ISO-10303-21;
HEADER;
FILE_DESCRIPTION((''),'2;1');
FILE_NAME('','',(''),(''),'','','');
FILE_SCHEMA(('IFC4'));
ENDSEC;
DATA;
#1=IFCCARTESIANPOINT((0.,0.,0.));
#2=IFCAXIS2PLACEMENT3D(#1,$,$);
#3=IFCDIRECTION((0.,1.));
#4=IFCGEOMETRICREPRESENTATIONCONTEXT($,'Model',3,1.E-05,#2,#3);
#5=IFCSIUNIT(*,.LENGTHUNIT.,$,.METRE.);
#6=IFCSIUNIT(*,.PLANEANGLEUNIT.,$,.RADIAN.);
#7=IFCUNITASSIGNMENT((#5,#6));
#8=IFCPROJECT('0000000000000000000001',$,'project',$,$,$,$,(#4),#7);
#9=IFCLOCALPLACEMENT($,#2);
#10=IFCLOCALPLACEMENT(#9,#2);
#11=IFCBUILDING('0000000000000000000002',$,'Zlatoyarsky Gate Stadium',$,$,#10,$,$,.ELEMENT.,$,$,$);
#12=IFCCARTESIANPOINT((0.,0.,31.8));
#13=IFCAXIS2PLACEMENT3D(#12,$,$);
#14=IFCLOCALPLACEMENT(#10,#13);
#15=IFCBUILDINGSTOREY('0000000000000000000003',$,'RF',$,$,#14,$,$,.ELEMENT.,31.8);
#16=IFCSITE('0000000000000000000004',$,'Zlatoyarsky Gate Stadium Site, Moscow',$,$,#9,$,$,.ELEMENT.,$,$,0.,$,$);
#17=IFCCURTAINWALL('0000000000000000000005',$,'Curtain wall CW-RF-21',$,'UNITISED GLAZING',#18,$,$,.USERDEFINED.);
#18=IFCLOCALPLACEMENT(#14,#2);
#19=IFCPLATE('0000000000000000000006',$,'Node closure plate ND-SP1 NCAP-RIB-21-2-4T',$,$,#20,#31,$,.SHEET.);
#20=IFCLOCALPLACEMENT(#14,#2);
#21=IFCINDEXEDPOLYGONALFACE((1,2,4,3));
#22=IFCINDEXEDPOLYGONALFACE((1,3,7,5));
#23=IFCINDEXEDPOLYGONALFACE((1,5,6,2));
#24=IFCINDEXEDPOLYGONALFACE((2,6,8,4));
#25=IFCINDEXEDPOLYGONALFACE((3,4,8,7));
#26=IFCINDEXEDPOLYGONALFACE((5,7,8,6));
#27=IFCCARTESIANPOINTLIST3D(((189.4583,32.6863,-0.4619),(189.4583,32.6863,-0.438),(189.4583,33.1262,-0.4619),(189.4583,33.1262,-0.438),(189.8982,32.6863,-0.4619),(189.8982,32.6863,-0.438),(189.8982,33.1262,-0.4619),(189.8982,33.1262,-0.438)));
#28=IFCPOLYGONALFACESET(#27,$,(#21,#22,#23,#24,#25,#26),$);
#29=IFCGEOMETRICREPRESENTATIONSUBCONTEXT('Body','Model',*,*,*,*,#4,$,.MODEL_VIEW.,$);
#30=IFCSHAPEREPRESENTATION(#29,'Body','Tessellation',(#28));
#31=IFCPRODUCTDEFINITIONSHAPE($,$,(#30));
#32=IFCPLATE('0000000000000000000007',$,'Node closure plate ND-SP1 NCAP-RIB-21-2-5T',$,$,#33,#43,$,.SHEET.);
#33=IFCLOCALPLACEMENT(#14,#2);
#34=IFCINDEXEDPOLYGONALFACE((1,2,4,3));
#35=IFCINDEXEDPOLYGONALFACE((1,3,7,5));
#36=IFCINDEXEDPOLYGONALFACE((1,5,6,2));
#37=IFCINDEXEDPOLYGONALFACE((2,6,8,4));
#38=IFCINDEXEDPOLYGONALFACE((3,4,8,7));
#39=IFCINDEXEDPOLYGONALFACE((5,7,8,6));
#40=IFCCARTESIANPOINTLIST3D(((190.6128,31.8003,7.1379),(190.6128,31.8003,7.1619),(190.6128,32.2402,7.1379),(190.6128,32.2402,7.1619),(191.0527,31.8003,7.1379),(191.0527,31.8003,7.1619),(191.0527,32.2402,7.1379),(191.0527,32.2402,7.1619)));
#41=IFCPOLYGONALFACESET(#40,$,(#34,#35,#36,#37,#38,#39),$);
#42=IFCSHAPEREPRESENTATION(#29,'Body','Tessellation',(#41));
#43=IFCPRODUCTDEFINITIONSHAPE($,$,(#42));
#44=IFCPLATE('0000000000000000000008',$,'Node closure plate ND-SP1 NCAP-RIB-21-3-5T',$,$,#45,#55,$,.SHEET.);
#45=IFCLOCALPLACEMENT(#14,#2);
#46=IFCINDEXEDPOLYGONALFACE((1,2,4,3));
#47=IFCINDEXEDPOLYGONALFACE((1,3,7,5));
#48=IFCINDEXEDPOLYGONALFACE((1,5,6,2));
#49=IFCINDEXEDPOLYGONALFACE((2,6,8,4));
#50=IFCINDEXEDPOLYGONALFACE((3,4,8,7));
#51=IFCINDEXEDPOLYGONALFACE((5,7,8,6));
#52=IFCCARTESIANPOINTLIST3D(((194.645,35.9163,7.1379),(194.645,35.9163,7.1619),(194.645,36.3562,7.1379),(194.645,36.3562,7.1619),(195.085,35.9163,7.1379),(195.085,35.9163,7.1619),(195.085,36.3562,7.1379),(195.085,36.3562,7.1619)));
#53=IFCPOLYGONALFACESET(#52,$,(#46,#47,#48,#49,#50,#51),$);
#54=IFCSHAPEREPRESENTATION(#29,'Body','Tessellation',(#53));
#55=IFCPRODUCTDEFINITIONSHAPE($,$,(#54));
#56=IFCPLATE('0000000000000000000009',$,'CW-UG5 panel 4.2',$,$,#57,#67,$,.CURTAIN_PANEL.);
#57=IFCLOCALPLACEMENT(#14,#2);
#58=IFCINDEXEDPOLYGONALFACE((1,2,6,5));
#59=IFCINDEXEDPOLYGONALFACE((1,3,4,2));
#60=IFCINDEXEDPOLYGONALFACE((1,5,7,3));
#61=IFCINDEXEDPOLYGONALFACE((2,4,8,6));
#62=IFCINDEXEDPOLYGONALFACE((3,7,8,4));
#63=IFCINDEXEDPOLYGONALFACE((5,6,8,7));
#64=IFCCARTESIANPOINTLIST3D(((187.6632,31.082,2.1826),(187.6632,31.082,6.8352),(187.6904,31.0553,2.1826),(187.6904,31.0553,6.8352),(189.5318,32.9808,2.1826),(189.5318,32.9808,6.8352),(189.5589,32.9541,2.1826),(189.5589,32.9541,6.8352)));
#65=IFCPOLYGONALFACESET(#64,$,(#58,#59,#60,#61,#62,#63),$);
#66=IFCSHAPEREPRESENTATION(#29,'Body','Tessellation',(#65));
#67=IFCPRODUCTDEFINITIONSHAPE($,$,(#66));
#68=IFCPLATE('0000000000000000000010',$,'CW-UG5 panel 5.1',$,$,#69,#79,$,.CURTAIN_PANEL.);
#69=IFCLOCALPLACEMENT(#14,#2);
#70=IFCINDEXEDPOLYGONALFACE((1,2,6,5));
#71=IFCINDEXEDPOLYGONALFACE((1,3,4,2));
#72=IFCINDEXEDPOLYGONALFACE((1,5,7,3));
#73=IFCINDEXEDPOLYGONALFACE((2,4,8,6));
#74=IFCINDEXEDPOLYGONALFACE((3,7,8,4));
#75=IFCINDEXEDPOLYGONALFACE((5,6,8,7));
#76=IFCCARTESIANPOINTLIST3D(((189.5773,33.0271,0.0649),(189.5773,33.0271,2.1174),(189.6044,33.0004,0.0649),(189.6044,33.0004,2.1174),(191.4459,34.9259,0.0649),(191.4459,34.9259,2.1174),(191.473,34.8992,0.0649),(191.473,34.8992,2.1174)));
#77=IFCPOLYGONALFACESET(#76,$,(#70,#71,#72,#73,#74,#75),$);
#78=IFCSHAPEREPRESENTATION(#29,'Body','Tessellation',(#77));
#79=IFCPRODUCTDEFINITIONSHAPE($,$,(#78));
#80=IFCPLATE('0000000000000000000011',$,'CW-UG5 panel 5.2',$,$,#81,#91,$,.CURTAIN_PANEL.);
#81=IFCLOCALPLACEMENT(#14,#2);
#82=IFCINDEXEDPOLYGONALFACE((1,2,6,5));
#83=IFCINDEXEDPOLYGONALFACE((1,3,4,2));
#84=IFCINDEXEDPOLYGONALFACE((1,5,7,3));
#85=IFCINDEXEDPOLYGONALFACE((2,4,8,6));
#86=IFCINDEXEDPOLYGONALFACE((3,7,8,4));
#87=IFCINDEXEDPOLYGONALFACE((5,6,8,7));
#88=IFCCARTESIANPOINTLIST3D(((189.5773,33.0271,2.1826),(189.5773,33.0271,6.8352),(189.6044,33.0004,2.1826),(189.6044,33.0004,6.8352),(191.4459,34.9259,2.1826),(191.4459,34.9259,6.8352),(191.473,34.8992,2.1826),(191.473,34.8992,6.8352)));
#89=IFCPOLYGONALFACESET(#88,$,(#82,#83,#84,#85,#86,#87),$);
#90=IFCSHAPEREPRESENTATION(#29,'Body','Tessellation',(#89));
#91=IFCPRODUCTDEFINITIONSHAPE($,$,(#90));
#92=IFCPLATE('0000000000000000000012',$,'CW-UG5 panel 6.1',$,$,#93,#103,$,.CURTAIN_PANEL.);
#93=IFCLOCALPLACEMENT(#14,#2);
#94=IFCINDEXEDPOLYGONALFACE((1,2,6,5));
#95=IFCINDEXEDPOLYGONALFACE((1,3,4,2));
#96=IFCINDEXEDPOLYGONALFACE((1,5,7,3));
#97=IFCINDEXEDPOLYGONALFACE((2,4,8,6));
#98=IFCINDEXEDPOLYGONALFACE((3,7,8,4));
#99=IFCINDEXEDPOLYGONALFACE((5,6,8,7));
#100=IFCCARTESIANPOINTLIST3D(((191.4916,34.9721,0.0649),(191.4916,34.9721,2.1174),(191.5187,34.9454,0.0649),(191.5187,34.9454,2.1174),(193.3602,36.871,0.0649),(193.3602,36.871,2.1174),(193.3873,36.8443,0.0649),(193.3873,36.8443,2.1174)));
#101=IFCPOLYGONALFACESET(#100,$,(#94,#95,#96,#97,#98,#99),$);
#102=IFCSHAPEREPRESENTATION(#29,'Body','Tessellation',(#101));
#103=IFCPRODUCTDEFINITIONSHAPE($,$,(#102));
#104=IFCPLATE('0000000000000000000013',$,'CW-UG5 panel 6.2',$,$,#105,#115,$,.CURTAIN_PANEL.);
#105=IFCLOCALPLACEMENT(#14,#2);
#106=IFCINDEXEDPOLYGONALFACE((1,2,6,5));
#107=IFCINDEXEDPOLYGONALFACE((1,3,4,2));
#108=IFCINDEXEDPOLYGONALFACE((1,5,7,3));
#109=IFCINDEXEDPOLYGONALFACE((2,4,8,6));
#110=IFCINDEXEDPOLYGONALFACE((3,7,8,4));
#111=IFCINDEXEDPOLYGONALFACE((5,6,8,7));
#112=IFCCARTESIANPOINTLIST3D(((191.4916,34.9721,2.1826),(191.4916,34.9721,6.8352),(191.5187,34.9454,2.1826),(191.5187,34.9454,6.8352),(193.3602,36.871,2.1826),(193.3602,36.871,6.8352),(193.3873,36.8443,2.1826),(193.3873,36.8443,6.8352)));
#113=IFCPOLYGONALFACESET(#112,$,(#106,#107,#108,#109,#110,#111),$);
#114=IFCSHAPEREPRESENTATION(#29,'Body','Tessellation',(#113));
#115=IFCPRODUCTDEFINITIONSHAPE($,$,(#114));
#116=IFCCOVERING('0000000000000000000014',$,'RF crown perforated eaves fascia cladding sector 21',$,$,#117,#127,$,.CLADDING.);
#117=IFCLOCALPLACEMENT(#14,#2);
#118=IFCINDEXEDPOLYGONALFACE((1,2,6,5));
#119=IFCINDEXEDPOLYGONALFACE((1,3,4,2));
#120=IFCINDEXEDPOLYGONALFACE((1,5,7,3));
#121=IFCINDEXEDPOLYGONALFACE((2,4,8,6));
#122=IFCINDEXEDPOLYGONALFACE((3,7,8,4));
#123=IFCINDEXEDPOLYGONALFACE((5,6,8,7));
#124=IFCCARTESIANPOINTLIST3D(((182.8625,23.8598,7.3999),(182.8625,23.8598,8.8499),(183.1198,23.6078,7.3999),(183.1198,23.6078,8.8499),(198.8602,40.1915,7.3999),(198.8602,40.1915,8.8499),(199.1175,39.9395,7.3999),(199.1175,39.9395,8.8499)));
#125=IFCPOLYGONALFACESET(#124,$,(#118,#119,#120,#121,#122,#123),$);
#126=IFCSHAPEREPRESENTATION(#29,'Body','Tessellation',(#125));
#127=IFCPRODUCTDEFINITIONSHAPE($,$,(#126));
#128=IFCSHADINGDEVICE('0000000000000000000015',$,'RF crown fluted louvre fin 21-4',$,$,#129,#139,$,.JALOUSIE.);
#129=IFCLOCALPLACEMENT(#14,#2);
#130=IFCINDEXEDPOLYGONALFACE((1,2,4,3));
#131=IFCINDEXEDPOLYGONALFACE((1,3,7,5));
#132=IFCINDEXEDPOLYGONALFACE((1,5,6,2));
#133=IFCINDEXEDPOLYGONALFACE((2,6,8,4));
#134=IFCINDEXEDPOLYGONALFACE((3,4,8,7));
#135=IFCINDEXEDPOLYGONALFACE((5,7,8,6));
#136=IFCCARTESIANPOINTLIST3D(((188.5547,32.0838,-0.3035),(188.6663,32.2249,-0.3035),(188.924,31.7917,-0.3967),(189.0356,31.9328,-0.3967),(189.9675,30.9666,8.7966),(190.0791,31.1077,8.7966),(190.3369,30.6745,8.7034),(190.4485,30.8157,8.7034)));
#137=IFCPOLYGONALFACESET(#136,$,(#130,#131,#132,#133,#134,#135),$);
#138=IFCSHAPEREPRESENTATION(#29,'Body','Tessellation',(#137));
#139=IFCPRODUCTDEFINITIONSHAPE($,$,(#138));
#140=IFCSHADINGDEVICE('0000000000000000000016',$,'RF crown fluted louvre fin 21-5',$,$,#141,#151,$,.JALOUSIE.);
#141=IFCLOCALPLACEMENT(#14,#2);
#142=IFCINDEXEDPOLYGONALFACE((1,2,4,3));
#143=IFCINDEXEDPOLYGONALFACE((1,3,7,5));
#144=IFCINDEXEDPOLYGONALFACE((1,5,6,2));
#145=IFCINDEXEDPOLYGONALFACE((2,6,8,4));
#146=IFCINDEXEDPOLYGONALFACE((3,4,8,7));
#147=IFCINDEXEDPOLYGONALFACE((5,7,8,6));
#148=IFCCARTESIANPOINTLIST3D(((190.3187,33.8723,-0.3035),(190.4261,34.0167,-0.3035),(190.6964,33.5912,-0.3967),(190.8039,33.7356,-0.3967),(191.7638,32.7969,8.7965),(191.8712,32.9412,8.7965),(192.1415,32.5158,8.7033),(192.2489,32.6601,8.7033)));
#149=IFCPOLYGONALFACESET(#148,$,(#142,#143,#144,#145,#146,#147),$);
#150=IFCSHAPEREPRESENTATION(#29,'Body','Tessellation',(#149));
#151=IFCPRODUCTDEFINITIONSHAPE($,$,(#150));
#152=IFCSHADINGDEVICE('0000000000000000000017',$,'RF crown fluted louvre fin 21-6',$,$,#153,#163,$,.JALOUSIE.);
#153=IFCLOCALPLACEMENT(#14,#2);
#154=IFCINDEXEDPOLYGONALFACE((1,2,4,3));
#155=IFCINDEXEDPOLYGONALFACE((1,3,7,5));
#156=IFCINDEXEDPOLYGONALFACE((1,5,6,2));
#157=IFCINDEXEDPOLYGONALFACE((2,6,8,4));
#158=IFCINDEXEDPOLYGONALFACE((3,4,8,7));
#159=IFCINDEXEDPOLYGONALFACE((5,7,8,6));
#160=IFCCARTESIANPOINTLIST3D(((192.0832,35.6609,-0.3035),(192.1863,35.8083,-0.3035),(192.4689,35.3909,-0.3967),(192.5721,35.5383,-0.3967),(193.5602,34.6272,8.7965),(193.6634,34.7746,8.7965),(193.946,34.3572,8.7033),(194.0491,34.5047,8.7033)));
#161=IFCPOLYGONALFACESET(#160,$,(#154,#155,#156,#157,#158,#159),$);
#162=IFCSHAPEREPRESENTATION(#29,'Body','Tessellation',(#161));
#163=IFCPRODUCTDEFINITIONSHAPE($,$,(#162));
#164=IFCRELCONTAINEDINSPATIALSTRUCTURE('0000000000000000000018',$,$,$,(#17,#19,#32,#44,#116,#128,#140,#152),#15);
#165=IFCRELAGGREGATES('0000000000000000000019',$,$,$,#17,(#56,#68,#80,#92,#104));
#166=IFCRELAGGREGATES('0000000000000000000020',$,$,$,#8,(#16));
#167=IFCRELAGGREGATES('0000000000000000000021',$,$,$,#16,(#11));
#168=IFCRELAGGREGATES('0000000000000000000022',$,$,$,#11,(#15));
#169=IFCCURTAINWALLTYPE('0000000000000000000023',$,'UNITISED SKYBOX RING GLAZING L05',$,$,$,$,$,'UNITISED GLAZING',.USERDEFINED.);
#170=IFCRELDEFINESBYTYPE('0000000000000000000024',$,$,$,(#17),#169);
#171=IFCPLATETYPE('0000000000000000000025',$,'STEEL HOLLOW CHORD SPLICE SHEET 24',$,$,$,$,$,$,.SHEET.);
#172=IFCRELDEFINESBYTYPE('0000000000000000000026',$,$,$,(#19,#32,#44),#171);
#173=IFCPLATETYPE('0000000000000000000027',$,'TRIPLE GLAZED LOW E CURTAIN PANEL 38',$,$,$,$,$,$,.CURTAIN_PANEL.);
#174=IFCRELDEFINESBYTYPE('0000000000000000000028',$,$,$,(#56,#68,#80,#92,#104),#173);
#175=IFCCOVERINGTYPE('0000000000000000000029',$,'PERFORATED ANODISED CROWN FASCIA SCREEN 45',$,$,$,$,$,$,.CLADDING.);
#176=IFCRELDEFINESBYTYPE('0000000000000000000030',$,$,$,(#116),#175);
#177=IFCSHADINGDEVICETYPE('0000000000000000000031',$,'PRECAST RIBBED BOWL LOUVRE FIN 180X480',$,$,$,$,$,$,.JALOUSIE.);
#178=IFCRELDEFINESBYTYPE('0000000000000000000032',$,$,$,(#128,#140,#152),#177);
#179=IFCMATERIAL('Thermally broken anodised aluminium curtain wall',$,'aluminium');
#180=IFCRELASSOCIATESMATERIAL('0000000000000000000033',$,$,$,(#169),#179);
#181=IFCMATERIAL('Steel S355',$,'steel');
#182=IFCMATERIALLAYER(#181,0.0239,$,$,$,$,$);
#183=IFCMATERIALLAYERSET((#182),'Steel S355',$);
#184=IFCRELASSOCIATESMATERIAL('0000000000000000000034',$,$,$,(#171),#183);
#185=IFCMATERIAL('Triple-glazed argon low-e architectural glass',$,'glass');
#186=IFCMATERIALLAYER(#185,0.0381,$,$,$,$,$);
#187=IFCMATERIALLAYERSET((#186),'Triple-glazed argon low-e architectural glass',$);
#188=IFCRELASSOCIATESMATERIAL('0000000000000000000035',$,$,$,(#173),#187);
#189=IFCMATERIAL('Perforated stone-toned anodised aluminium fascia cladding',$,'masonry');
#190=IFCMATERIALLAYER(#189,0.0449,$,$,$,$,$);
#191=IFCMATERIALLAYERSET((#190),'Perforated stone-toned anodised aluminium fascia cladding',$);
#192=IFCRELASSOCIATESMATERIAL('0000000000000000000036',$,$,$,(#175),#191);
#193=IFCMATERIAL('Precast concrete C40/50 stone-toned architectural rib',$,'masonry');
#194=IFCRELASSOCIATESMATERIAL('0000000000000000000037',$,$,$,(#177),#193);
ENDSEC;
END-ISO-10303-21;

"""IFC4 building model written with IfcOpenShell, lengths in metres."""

from ifc_helpers import new_model, si_unit, direction, frame, origin, origin_2d, place, context, subcontext, project, spatial, rectangle, extrude, material, layer, layer_set, material_profile, profile_set, type_object, element, aggregate, save


model = new_model("IFC4")

# Units and contexts
model_context = context("Model", 3, precision=1e-05, world=origin(), true_north=direction((0.0, 1.0)))
body_context = subcontext(model_context, "Body", "Model", "MODEL_VIEW")
ifc_project = project(units=[si_unit("LENGTHUNIT", "METRE"), si_unit("PLANEANGLEUNIT", "RADIAN")], contexts=[model_context])

# Site, building, storey
site_placement = place(None, origin())
site = spatial("IfcSite", under=ifc_project, at=site_placement, Name="Zlatoyarsky Gate Stadium Site, Moscow", CompositionType="ELEMENT", RefElevation=0.0)
building_placement = place(site_placement, origin())
building = spatial("IfcBuilding", under=site, at=building_placement, Name="Zlatoyarsky Gate Stadium", CompositionType="ELEMENT")
storey_placement = place(building_placement, frame((0.0, 0.0, 31.8)))
storey = spatial("IfcBuildingStorey", under=building, at=storey_placement, Name="RF", CompositionType="ELEMENT", Elevation=31.8)

# Curtain wall
ifc_material_1 = material(Name="Thermally broken anodised aluminium curtain wall", Category="aluminium")
curtain_wall_type = type_object("IfcCurtainWallType", Name="UNITISED SKYBOX RING GLAZING L05", ElementType="UNITISED GLAZING", PredefinedType="USERDEFINED", material=ifc_material_1)
curtain_wall_placement = place(storey_placement, origin())
curtain_wall = element("IfcCurtainWall", 1, at=curtain_wall_placement, inside=storey, type_object=curtain_wall_type, Name="Curtain wall CW-RF-21", ObjectType="UNITISED GLAZING", PredefinedType="USERDEFINED")

# Shared definitions
ifc_material_2 = material(Name="Steel S355", Category="steel")

# Plates
ifc_layer_1 = layer(ifc_material_2, 0.0239)
ifc_layer_set_1 = layer_set([ifc_layer_1], Name="Steel S355")
plate_type_1 = type_object("IfcPlateType", Name="STEEL HOLLOW CHORD SPLICE SHEET 24", PredefinedType="SHEET", material=ifc_layer_set_1)
for number, where, z_axis, x_axis, name in (
    (2, (189.6782, 32.9062, -0.4619), (0.0, 0.0, 1.0), (1.0, 0.0, 0.0), "Node closure plate ND-SP1 NCAP-RIB-21-2-4T"),
    (3, (190.8328, 32.0203, 7.1379), (0.0, 0.0, 1.0), (1.0, 0.0, 0.0), "Node closure plate ND-SP1 NCAP-RIB-21-2-5T"),
    (4, (194.865, 36.1362, 7.1379), (0.0, 0.0, 1.0), (1.0, 0.0, 0.0), "Node closure plate ND-SP1 NCAP-RIB-21-3-5T"),
):
    element("IfcPlate", number, at=place(storey_placement, frame(where, z_axis=z_axis, x_axis=x_axis)), inside=storey, type_object=plate_type_1, Name=name, PredefinedType="SHEET", context=body_context, shape_type="SweptSolid", body=[
        extrude(rectangle(XDim=0.4399, YDim=0.4399, at=origin_2d()), origin(), (0.0, 0.0, 1.0), 0.0239),
    ])

# Plates
ifc_material_3 = material(Name="Triple-glazed argon low-e architectural glass", Category="glass")
ifc_layer_2 = layer(ifc_material_3, 0.0381)
ifc_layer_set_2 = layer_set([ifc_layer_2], Name="Triple-glazed argon low-e architectural glass")
plate_type_2 = type_object("IfcPlateType", Name="TRIPLE GLAZED LOW E CURTAIN PANEL 38", PredefinedType="CURTAIN_PANEL", material=ifc_layer_set_2)
plate_1_placement = place(storey_placement, frame((188.6111, 32.0181, 2.1826), z_axis=(0.0, 0.0, 1.0), x_axis=(0.701402, 0.712766, 0.0)))
plate_1 = element("IfcPlate", 5, at=plate_1_placement, type_object=plate_type_2, Name="CW-UG5 panel 4.2", PredefinedType="CURTAIN_PANEL", context=body_context, shape_type="SweptSolid", body=[
    extrude(rectangle(XDim=2.6641, YDim=0.0381, at=origin_2d()), origin(), (0.0, 0.0, 1.0), 4.6526),
])
plate_2_placement = place(storey_placement, frame((190.5251, 33.9631, 0.0649), z_axis=(0.0, 0.0, 1.0), x_axis=(0.701402, 0.712766, 0.0)))
plate_2 = element("IfcPlate", 6, at=plate_2_placement, type_object=plate_type_2, Name="CW-UG5 panel 5.1", PredefinedType="CURTAIN_PANEL", context=body_context, shape_type="SweptSolid", body=[
    extrude(rectangle(XDim=2.6641, YDim=0.0381, at=origin_2d()), origin(), (0.0, 0.0, 1.0), 2.0525),
])
plate_3_placement = place(storey_placement, frame((190.5251, 33.9631, 2.1826), z_axis=(0.0, 0.0, 1.0), x_axis=(0.701402, 0.712766, 0.0)))
plate_3 = element("IfcPlate", 7, at=plate_3_placement, type_object=plate_type_2, Name="CW-UG5 panel 5.2", PredefinedType="CURTAIN_PANEL", context=body_context, shape_type="SweptSolid", body=[
    extrude(rectangle(XDim=2.6641, YDim=0.0381, at=origin_2d()), origin(), (0.0, 0.0, 1.0), 4.6526),
])
plate_4_placement = place(storey_placement, frame((192.4395, 35.9082, 0.0649), z_axis=(0.0, 0.0, 1.0), x_axis=(0.701402, 0.712766, 0.0)))
plate_4 = element("IfcPlate", 8, at=plate_4_placement, type_object=plate_type_2, Name="CW-UG5 panel 6.1", PredefinedType="CURTAIN_PANEL", context=body_context, shape_type="SweptSolid", body=[
    extrude(rectangle(XDim=2.6641, YDim=0.0381, at=origin_2d()), origin(), (0.0, 0.0, 1.0), 2.0525),
])
plate_5_placement = place(storey_placement, frame((192.4395, 35.9082, 2.1826), z_axis=(0.0, 0.0, 1.0), x_axis=(0.701402, 0.712766, 0.0)))
plate_5 = element("IfcPlate", 9, at=plate_5_placement, type_object=plate_type_2, Name="CW-UG5 panel 6.2", PredefinedType="CURTAIN_PANEL", context=body_context, shape_type="SweptSolid", body=[
    extrude(rectangle(XDim=2.6641, YDim=0.0381, at=origin_2d()), origin(), (0.0, 0.0, 1.0), 4.6526),
])
aggregate(curtain_wall, [plate_1, plate_2, plate_3, plate_4, plate_5])

# Covering
ifc_material_4 = material(Name="Perforated stone-toned anodised aluminium fascia cladding", Category="masonry")
ifc_layer_3 = layer(ifc_material_4, 0.0449)
ifc_layer_set_3 = layer_set([ifc_layer_3], Name="Perforated stone-toned anodised aluminium fascia cladding")
covering_type = type_object("IfcCoveringType", Name="PERFORATED ANODISED CROWN FASCIA SCREEN 45", PredefinedType="CLADDING", material=ifc_layer_set_3)
covering_placement = place(storey_placement, frame((190.99, 31.8997, 7.3999), z_axis=(0.0, 0.0, 1.0), x_axis=(0.699762, 0.714376, 0.0)))
element("IfcCovering", 10, at=covering_placement, inside=storey, type_object=covering_type, Name="RF crown perforated eaves fascia cladding sector 21", PredefinedType="CLADDING", context=body_context, shape_type="SweptSolid", body=[
    extrude(rectangle(XDim=22.8616, YDim=0.3601, at=origin_2d()), origin(), (0.0, 0.0, 1.0), 1.45),
])

# Shading devices
ifc_material_5 = material(Name="Precast concrete C40/50 stone-toned architectural rib", Category="masonry")
ifc_material_profile_1 = material_profile(ifc_material_5, rectangle(XDim=0.1799, YDim=0.48, at=origin_2d()), Name="RIB 180X480")
ifc_profile_set_1 = profile_set([ifc_material_profile_1], Name="Precast concrete C40/50 stone-toned architectural rib")
shading_device_type = type_object("IfcShadingDeviceType", Name="PRECAST RIBBED BOWL LOUVRE FIN 180X480", PredefinedType="JALOUSIE", material=ifc_profile_set_1)
for number, where, z_axis, x_axis, name in (
    (11, (188.7952, 32.0083, -0.3501), (0.152301, -0.12043, 0.980969), (0.620255, 0.7844, 0.0), "RF crown fluted louvre fin 21-4"),
    (12, (190.5613, 33.804, -0.3501), (0.155775, -0.115929, 0.980966), (0.597025, 0.802223, 0.0), "RF crown fluted louvre fin 21-5"),
):
    element("IfcShadingDevice", number, at=place(storey_placement, frame(where, z_axis=z_axis, x_axis=x_axis)), inside=storey, type_object=shading_device_type, Name=name, PredefinedType="JALOUSIE", context=body_context, shape_type="SweptSolid", body=[
        extrude(rectangle(XDim=0.1799, YDim=0.48, at=origin_2d()), origin(), (0.0, 0.0, 1.0), 9.2766),
    ])
shading_device_placement = place(storey_placement, frame((192.3276, 35.5996, -0.3501), z_axis=(0.159217, -0.111426, 0.980935), x_axis=(0.573371, 0.819296, 0.0)))
element("IfcShadingDevice", 13, at=shading_device_placement, inside=storey, type_object=shading_device_type, Name="RF crown fluted louvre fin 21-6", PredefinedType="JALOUSIE", context=body_context, shape_type="SweptSolid", body=[
    extrude(rectangle(XDim=0.1799, YDim=0.48, at=origin_2d()), origin(), (0.0, 0.0, 1.0), 9.2769),
])

save(model, "model.ifc")
